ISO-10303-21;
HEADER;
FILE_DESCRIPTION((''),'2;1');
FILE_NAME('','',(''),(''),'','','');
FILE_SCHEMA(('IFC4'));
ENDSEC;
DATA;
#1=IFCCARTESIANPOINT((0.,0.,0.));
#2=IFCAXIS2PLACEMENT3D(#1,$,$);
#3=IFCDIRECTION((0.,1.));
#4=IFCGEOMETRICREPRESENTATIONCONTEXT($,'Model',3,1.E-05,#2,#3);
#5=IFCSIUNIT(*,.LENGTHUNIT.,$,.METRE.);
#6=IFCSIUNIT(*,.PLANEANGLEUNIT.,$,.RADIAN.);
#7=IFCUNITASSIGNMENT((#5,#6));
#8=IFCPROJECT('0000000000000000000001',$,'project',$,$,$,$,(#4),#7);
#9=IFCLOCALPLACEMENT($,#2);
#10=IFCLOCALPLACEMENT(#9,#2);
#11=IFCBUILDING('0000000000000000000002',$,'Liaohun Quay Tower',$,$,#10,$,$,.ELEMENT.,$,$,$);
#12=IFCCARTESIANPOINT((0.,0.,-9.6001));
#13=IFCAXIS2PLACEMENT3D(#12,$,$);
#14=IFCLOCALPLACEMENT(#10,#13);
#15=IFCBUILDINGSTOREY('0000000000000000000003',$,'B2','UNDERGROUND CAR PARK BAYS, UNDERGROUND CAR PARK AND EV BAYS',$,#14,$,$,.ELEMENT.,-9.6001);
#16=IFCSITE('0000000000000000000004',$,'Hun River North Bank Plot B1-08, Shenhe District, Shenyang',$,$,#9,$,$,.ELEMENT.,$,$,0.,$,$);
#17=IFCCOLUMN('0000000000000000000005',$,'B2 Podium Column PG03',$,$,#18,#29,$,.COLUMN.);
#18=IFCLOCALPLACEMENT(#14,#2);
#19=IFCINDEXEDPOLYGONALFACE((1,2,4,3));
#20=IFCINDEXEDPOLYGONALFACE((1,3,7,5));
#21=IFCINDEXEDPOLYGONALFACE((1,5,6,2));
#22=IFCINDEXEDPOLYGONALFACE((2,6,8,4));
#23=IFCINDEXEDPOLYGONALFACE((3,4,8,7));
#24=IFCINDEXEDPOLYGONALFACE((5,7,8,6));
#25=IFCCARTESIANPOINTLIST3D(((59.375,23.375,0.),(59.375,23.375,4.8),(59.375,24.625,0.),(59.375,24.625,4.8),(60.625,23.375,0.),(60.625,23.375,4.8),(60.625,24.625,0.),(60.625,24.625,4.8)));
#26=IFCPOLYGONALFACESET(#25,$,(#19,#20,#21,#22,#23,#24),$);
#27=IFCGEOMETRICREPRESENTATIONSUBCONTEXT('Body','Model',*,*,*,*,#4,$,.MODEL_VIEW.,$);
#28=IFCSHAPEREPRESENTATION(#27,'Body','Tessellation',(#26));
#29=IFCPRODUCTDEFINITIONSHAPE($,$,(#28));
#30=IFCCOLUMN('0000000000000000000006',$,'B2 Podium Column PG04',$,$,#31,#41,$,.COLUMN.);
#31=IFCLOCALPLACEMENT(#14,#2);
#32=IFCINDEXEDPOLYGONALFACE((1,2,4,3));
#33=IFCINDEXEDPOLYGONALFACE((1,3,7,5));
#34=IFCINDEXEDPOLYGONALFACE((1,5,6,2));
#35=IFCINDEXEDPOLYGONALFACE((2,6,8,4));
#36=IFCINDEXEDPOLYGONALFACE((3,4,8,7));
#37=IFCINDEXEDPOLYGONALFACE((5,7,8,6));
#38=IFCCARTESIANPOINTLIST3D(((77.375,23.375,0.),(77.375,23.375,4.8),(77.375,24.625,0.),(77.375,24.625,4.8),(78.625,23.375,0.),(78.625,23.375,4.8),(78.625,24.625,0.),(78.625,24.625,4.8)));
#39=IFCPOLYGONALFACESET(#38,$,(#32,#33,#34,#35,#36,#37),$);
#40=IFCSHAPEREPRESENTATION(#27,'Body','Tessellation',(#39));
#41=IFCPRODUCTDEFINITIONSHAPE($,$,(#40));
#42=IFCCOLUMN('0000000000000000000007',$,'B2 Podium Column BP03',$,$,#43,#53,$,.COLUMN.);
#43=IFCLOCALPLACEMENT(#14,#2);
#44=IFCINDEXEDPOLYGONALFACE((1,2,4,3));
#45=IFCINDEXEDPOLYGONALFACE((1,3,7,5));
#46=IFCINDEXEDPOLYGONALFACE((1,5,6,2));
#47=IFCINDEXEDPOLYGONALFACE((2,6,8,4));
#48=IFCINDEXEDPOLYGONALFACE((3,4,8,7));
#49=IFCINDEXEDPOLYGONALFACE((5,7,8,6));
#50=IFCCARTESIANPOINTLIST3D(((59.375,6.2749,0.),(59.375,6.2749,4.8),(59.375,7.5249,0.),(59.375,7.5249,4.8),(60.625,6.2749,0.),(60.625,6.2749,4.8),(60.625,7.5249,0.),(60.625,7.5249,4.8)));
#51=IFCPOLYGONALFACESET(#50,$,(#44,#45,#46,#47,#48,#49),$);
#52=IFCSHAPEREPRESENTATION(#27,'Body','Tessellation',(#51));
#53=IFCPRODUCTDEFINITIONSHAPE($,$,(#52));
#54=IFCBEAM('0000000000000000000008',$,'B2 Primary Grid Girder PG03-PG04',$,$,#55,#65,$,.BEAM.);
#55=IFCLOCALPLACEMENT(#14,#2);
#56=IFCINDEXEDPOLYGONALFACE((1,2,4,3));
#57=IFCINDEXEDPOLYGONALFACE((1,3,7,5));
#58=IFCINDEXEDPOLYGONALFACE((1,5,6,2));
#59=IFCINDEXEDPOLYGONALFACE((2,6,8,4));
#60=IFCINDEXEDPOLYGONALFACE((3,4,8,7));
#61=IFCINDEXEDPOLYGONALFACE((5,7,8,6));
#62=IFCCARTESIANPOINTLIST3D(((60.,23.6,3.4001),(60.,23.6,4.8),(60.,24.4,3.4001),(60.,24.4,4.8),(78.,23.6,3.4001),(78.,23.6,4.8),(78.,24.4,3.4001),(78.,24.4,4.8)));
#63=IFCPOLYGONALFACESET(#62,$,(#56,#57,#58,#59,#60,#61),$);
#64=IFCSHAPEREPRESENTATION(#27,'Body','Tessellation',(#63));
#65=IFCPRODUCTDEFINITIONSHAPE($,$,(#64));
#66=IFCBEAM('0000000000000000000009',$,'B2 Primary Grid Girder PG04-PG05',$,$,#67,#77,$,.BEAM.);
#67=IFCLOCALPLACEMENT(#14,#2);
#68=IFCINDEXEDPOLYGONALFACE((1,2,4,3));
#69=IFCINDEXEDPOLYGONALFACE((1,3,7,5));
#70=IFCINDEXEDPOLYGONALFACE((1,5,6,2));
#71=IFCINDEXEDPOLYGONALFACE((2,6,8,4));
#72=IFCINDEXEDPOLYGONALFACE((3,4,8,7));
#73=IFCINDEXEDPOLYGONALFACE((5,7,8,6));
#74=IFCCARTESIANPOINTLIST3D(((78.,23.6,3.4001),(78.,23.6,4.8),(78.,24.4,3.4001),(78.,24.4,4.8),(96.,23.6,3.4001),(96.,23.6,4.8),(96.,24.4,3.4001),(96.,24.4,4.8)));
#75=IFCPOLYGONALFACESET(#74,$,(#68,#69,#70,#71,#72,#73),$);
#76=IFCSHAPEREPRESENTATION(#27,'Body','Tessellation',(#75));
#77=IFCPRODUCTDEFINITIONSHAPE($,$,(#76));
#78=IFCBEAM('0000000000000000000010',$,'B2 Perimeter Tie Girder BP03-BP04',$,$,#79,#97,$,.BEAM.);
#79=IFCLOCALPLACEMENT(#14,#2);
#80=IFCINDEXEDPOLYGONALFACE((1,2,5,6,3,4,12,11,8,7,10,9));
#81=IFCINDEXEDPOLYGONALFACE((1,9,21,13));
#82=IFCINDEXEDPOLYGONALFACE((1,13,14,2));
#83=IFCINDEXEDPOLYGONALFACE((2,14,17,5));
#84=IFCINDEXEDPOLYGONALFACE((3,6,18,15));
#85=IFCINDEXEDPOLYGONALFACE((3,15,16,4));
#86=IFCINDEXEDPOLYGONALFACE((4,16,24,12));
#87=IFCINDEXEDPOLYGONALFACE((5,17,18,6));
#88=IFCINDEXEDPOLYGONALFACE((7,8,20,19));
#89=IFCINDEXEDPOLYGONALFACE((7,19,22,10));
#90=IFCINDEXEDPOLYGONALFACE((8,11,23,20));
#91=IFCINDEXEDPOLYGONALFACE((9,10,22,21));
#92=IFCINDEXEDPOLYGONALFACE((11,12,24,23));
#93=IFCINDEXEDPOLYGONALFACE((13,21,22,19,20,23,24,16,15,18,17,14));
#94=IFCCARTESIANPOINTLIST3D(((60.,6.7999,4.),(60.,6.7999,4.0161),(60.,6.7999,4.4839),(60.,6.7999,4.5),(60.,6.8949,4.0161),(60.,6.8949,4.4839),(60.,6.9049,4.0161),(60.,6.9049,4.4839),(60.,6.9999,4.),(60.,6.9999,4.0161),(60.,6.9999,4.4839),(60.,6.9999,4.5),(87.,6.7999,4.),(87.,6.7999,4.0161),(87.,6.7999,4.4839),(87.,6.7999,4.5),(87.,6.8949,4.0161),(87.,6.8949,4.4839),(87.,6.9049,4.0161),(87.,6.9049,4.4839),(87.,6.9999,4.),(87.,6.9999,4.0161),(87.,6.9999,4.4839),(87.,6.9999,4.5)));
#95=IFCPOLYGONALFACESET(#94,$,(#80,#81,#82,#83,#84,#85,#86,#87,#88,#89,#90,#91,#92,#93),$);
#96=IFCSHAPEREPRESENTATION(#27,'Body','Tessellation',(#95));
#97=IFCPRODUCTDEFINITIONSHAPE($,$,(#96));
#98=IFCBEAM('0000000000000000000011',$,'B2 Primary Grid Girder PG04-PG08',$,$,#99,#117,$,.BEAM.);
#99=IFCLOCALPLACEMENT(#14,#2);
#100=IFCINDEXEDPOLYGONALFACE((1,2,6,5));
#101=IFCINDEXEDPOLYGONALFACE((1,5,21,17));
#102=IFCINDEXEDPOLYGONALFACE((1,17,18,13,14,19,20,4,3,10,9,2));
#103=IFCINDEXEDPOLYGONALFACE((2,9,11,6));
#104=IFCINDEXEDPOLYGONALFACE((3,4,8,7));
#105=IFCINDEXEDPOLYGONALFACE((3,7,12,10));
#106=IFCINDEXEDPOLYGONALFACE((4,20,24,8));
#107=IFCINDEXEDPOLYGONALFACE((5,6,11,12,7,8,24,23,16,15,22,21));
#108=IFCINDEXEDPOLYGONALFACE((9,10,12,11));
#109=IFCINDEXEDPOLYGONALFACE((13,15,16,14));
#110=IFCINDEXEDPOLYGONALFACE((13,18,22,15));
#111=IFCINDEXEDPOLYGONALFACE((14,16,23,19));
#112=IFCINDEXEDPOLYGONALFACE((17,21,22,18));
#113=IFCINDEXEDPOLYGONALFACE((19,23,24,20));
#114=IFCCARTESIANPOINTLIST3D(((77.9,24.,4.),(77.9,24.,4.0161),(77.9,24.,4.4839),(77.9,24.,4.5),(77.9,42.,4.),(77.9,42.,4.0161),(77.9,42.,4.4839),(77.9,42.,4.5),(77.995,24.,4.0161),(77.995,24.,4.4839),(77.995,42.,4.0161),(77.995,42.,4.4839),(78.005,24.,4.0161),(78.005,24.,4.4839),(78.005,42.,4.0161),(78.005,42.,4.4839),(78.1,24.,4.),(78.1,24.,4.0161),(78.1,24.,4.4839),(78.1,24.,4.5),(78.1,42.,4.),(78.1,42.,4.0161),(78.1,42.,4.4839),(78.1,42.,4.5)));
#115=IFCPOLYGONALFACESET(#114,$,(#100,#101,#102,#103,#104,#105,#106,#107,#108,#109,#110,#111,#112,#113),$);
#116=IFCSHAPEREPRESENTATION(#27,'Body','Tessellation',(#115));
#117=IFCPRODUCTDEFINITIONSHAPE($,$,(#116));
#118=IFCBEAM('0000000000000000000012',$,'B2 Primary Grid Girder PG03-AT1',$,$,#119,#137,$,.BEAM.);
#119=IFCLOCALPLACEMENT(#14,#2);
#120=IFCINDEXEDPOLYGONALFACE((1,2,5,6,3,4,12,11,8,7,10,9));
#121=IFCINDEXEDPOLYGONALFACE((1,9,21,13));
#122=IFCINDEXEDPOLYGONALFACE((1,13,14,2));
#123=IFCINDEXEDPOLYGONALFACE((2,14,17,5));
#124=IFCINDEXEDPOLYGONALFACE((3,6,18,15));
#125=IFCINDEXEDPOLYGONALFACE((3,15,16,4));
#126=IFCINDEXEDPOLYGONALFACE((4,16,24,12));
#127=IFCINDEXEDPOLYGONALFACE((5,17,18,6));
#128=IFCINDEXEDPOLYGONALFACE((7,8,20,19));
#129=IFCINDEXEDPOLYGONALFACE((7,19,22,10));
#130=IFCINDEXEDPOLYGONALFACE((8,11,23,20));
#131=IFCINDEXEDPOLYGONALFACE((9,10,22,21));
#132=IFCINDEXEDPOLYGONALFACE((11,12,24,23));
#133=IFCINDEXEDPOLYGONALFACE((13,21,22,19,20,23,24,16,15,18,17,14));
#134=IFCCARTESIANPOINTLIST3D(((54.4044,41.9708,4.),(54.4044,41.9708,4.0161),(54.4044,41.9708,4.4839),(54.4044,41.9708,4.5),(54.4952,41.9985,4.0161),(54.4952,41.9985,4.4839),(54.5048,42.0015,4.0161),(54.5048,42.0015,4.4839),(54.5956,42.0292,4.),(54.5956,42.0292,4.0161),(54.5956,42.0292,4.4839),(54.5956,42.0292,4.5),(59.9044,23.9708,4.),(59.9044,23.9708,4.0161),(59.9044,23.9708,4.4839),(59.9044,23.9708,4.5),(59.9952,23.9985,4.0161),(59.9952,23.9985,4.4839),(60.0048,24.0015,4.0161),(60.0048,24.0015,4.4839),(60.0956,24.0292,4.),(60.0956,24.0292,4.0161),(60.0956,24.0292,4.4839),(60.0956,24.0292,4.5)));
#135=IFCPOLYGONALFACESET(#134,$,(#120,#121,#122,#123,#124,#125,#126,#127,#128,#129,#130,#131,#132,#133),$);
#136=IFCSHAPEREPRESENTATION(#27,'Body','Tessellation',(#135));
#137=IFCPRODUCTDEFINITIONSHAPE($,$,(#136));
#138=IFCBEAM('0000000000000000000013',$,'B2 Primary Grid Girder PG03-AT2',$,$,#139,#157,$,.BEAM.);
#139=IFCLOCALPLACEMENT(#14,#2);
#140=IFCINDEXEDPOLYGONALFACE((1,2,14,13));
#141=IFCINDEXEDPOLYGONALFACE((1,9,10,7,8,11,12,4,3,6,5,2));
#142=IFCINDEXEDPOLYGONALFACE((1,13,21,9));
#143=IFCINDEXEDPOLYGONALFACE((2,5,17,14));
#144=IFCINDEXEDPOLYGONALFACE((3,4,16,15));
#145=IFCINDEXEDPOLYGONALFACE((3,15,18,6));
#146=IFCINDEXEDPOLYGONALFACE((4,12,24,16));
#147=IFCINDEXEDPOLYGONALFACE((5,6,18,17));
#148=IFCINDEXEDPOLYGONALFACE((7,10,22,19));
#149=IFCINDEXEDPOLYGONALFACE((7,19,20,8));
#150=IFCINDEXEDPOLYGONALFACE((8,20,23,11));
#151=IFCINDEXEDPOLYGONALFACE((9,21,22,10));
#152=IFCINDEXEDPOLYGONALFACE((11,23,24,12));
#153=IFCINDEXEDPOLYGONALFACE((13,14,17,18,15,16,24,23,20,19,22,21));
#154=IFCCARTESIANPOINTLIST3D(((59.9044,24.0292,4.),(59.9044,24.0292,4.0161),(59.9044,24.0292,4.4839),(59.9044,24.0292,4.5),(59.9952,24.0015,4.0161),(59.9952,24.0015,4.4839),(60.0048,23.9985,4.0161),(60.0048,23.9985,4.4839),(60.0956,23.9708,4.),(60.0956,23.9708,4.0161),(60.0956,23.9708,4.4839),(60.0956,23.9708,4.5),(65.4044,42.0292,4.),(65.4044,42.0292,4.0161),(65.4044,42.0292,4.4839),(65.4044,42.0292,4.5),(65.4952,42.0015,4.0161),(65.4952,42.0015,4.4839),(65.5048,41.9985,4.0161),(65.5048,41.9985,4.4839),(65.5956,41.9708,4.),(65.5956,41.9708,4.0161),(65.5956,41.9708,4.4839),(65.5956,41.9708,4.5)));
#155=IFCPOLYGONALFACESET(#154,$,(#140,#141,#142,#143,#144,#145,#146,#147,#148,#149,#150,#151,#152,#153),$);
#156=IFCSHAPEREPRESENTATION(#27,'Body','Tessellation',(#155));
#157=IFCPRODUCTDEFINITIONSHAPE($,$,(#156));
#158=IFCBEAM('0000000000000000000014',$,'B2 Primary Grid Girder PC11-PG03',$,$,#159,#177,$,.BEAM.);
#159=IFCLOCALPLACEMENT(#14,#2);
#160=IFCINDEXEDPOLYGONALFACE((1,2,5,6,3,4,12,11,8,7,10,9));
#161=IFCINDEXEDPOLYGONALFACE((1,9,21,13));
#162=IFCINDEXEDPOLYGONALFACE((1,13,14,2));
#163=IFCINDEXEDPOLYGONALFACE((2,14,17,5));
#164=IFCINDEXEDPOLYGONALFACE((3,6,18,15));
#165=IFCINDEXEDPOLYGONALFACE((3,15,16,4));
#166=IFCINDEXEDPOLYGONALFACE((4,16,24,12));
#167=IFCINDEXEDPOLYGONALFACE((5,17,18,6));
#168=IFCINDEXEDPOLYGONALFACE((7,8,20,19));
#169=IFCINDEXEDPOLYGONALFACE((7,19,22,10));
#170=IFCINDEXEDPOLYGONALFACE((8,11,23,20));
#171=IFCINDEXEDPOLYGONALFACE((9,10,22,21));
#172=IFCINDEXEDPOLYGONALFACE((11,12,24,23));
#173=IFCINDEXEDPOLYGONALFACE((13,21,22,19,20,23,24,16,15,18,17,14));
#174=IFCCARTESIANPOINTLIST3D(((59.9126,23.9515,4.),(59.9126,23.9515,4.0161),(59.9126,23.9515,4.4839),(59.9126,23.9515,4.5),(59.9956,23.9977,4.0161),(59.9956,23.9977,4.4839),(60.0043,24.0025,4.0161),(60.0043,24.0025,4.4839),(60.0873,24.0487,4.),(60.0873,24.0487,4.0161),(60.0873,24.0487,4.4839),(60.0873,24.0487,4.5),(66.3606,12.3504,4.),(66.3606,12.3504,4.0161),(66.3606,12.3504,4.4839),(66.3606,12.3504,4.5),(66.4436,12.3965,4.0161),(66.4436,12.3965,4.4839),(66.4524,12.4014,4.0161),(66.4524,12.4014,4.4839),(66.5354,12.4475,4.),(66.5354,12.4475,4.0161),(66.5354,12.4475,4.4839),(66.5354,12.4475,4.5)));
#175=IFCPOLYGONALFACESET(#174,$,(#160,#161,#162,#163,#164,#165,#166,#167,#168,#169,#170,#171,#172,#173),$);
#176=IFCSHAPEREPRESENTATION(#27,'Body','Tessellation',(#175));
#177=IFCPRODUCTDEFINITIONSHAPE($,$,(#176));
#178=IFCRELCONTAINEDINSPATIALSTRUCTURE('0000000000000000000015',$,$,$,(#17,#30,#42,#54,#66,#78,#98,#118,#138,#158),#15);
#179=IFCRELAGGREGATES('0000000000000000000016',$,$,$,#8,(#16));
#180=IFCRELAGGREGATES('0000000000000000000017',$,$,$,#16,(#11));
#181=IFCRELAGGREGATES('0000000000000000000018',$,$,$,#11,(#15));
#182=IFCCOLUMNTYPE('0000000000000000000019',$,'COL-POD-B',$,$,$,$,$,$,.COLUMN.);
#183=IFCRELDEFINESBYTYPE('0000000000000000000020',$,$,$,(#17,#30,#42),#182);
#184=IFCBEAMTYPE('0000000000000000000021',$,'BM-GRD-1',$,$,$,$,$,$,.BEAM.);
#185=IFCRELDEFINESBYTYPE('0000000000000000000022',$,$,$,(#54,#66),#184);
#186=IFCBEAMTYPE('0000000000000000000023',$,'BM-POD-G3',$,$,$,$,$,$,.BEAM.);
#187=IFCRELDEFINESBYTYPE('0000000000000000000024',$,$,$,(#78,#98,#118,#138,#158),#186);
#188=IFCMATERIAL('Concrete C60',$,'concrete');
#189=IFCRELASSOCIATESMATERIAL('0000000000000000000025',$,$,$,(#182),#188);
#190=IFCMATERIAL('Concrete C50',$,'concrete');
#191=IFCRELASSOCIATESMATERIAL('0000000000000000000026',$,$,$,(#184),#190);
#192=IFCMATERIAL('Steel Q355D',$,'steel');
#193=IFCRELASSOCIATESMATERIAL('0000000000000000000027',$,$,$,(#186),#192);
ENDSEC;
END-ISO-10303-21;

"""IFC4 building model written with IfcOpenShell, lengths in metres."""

from ifc_helpers import new_model, si_unit, direction, frame, origin, origin_2d, place, context, subcontext, project, spatial, rectangle, i_section, extrude, source, transform, mapped, material, material_profile, profile_set, type_object, element, save


model = new_model("IFC4")

# Units and contexts
model_context = context("Model", 3, precision=1e-05, world=origin(), true_north=direction((0.0, 1.0)))
body_context = subcontext(model_context, "Body", "Model", "MODEL_VIEW")
ifc_project = project(units=[si_unit("LENGTHUNIT", "METRE"), si_unit("PLANEANGLEUNIT", "RADIAN")], contexts=[model_context])

# Site, building, storey
site_placement = place(None, origin())
site = spatial("IfcSite", under=ifc_project, at=site_placement, Name="Hun River North Bank Plot B1-08, Shenhe District, Shenyang", CompositionType="ELEMENT", RefElevation=0.0)
building_placement = place(site_placement, origin())
building = spatial("IfcBuilding", under=site, at=building_placement, Name="Liaohun Quay Tower", CompositionType="ELEMENT")
storey_placement = place(building_placement, frame((0.0, 0.0, -9.6001)))
storey = spatial("IfcBuildingStorey", under=building, at=storey_placement, Name="B2", Description="UNDERGROUND CAR PARK BAYS, UNDERGROUND CAR PARK AND EV BAYS", CompositionType="ELEMENT", Elevation=-9.6001)

# Shared definitions
ifc_material_1 = material(Name="Concrete C50", Category="concrete")

# Columns
ifc_material_2 = material(Name="Concrete C60", Category="concrete")
ifc_material_profile_1 = material_profile(ifc_material_2, rectangle(XDim=1.25, YDim=1.25, at=origin_2d()), Name="RC1250x1250")
ifc_profile_set_1 = profile_set([ifc_material_profile_1], Name="Concrete C60")
column_type_1 = type_object("IfcColumnType", Name="COL-POD-B", PredefinedType="COLUMN", material=ifc_profile_set_1)
shared_shape_1 = source(origin(), body_context, "Body", "SweptSolid", [
    extrude(rectangle(XDim=1.25, YDim=1.25, at=origin_2d()), origin(), (0.0, 0.0, 1.0), 4.8),
])
for number, where, z_axis, x_axis, name in (
    (1, (60.0, 24.0, 0.0), (0.0, 0.0, 1.0), (1.0, 0.0, 0.0), "B2 Podium Column PG03"),
    (2, (78.0, 24.0, 0.0), (0.0, 0.0, 1.0), (1.0, 0.0, 0.0), "B2 Podium Column PG04"),
    (3, (60.0, 6.8999, 0.0), (0.0, 0.0, 1.0), (1.0, 0.0, 0.0), "B2 Podium Column BP03"),
):
    element("IfcColumn", number, at=place(storey_placement, frame(where, z_axis=z_axis, x_axis=x_axis)), inside=storey, type_object=column_type_1, Name=name, PredefinedType="COLUMN", context=body_context, shape_type="MappedRepresentation", body=[
        mapped(shared_shape_1, transform((0.0, 0.0, 0.0), x_axis=(1.0, 0.0, 0.0), y_axis=(0.0, 1.0, 0.0), z_axis=(0.0, 0.0, 1.0), scale=1.0)),
    ])

# Beams
ifc_material_profile_2 = material_profile(ifc_material_1, rectangle(XDim=0.8, YDim=1.3999, at=origin_2d()), Name="RC800x1400")
ifc_profile_set_2 = profile_set([ifc_material_profile_2], Name="Concrete C50")
beam_type_1 = type_object("IfcBeamType", Name="BM-GRD-1", PredefinedType="BEAM", material=ifc_profile_set_2)
shared_shape_2 = source(origin(), body_context, "Body", "SweptSolid", [
    extrude(rectangle(XDim=0.8, YDim=1.3999, at=origin_2d()), origin(), (0.0, 0.0, 1.0), 18.0),
])
for number, where, z_axis, x_axis, name in (
    (4, (60.0, 24.0, 4.1001), (1.0, 0.0, 0.0), (0.0, 1.0, 0.0), "B2 Primary Grid Girder PG03-PG04"),
    (5, (78.0, 24.0, 4.1001), (1.0, 0.0, 0.0), (0.0, 1.0, 0.0), "B2 Primary Grid Girder PG04-PG05"),
):
    element("IfcBeam", number, at=place(storey_placement, frame(where, z_axis=z_axis, x_axis=x_axis)), inside=storey, type_object=beam_type_1, Name=name, PredefinedType="BEAM", context=body_context, shape_type="MappedRepresentation", body=[
        mapped(shared_shape_2, transform((0.0, 0.0, 0.0), x_axis=(1.0, 0.0, 0.0), y_axis=(0.0, 1.0, 0.0), z_axis=(0.0, 0.0, 1.0), scale=1.0)),
    ])
ifc_material_3 = material(Name="Steel Q355D", Category="steel")
ifc_material_profile_3 = material_profile(ifc_material_3, i_section(OverallWidth=0.2, OverallDepth=0.5, WebThickness=0.01, FlangeThickness=0.0161, at=origin_2d()), Name="HN500x200x10x16")
ifc_profile_set_3 = profile_set([ifc_material_profile_3], Name="Steel Q355D")
beam_type_2 = type_object("IfcBeamType", Name="BM-POD-G3", PredefinedType="BEAM", material=ifc_profile_set_3)
shared_shape_3 = source(origin(), body_context, "Body", "SweptSolid", [
    extrude(i_section(OverallWidth=0.2, OverallDepth=0.5, WebThickness=0.01, FlangeThickness=0.0161, at=origin_2d()), origin(), (0.0, 0.0, 1.0), 27.0),
])
beam_1_placement = place(storey_placement, frame((60.0, 6.8999, 4.25), z_axis=(1.0, 0.0, 0.0), x_axis=(0.0, 1.0, 0.0)))
element("IfcBeam", 6, at=beam_1_placement, inside=storey, type_object=beam_type_2, Name="B2 Perimeter Tie Girder BP03-BP04", PredefinedType="BEAM", context=body_context, shape_type="MappedRepresentation", body=[
    mapped(shared_shape_3, transform((0.0, 0.0, 0.0), x_axis=(1.0, 0.0, 0.0), y_axis=(0.0, 1.0, 0.0), z_axis=(0.0, 0.0, 1.0), scale=1.0)),
])
shared_shape_4 = source(origin(), body_context, "Body", "SweptSolid", [
    extrude(i_section(OverallWidth=0.2, OverallDepth=0.5, WebThickness=0.01, FlangeThickness=0.0161, at=origin_2d()), origin(), (0.0, 0.0, 1.0), 18.0),
])
beam_2_placement = place(storey_placement, frame((78.0, 24.0, 4.25), z_axis=(0.0, 1.0, 0.0), x_axis=(-1.0, 0.0, 0.0)))
element("IfcBeam", 7, at=beam_2_placement, inside=storey, type_object=beam_type_2, Name="B2 Primary Grid Girder PG04-PG08", PredefinedType="BEAM", context=body_context, shape_type="MappedRepresentation", body=[
    mapped(shared_shape_4, transform((0.0, 0.0, 0.0), x_axis=(1.0, 0.0, 0.0), y_axis=(0.0, 1.0, 0.0), z_axis=(0.0, 0.0, 1.0), scale=1.0)),
])
shared_shape_5 = source(origin(), body_context, "Body", "SweptSolid", [
    extrude(i_section(OverallWidth=0.2, OverallDepth=0.5, WebThickness=0.01, FlangeThickness=0.0161, at=origin_2d()), origin(), (0.0, 0.0, 1.0), 18.8215),
])
for number, where, z_axis, x_axis, name in (
    (8, (60.0, 24.0, 4.25), (-0.292219, 0.956352, 0.0), (-0.956352, -0.292219, 0.0), "B2 Primary Grid Girder PG03-AT1"),
    (9, (60.0, 24.0, 4.25), (0.292219, 0.956352, 0.0), (-0.956352, 0.292219, 0.0), "B2 Primary Grid Girder PG03-AT2"),
):
    element("IfcBeam", number, at=place(storey_placement, frame(where, z_axis=z_axis, x_axis=x_axis)), inside=storey, type_object=beam_type_2, Name=name, PredefinedType="BEAM", context=body_context, shape_type="MappedRepresentation", body=[
        mapped(shared_shape_5, transform((0.0, 0.0, 0.0), x_axis=(1.0, 0.0, 0.0), y_axis=(0.0, 1.0, 0.0), z_axis=(0.0, 0.0, 1.0), scale=1.0)),
    ])
shared_shape_6 = source(origin(), body_context, "Body", "SweptSolid", [
    extrude(i_section(OverallWidth=0.2, OverallDepth=0.5, WebThickness=0.01, FlangeThickness=0.0161, at=origin_2d()), origin(), (0.0, 0.0, 1.0), 13.2727),
])
beam_3_placement = place(storey_placement, frame((66.448, 12.3989, 4.25), z_axis=(-0.485813, 0.874063, 0.0), x_axis=(-0.874063, -0.485813, 0.0)))
element("IfcBeam", 10, at=beam_3_placement, inside=storey, type_object=beam_type_2, Name="B2 Primary Grid Girder PC11-PG03", PredefinedType="BEAM", context=body_context, shape_type="MappedRepresentation", body=[
    mapped(shared_shape_6, transform((0.0, 0.0, 0.0), x_axis=(1.0, 0.0, 0.0), y_axis=(0.0, 1.0, 0.0), z_axis=(0.0, 0.0, 1.0), scale=1.0)),
])

save(model, "model.ifc")
